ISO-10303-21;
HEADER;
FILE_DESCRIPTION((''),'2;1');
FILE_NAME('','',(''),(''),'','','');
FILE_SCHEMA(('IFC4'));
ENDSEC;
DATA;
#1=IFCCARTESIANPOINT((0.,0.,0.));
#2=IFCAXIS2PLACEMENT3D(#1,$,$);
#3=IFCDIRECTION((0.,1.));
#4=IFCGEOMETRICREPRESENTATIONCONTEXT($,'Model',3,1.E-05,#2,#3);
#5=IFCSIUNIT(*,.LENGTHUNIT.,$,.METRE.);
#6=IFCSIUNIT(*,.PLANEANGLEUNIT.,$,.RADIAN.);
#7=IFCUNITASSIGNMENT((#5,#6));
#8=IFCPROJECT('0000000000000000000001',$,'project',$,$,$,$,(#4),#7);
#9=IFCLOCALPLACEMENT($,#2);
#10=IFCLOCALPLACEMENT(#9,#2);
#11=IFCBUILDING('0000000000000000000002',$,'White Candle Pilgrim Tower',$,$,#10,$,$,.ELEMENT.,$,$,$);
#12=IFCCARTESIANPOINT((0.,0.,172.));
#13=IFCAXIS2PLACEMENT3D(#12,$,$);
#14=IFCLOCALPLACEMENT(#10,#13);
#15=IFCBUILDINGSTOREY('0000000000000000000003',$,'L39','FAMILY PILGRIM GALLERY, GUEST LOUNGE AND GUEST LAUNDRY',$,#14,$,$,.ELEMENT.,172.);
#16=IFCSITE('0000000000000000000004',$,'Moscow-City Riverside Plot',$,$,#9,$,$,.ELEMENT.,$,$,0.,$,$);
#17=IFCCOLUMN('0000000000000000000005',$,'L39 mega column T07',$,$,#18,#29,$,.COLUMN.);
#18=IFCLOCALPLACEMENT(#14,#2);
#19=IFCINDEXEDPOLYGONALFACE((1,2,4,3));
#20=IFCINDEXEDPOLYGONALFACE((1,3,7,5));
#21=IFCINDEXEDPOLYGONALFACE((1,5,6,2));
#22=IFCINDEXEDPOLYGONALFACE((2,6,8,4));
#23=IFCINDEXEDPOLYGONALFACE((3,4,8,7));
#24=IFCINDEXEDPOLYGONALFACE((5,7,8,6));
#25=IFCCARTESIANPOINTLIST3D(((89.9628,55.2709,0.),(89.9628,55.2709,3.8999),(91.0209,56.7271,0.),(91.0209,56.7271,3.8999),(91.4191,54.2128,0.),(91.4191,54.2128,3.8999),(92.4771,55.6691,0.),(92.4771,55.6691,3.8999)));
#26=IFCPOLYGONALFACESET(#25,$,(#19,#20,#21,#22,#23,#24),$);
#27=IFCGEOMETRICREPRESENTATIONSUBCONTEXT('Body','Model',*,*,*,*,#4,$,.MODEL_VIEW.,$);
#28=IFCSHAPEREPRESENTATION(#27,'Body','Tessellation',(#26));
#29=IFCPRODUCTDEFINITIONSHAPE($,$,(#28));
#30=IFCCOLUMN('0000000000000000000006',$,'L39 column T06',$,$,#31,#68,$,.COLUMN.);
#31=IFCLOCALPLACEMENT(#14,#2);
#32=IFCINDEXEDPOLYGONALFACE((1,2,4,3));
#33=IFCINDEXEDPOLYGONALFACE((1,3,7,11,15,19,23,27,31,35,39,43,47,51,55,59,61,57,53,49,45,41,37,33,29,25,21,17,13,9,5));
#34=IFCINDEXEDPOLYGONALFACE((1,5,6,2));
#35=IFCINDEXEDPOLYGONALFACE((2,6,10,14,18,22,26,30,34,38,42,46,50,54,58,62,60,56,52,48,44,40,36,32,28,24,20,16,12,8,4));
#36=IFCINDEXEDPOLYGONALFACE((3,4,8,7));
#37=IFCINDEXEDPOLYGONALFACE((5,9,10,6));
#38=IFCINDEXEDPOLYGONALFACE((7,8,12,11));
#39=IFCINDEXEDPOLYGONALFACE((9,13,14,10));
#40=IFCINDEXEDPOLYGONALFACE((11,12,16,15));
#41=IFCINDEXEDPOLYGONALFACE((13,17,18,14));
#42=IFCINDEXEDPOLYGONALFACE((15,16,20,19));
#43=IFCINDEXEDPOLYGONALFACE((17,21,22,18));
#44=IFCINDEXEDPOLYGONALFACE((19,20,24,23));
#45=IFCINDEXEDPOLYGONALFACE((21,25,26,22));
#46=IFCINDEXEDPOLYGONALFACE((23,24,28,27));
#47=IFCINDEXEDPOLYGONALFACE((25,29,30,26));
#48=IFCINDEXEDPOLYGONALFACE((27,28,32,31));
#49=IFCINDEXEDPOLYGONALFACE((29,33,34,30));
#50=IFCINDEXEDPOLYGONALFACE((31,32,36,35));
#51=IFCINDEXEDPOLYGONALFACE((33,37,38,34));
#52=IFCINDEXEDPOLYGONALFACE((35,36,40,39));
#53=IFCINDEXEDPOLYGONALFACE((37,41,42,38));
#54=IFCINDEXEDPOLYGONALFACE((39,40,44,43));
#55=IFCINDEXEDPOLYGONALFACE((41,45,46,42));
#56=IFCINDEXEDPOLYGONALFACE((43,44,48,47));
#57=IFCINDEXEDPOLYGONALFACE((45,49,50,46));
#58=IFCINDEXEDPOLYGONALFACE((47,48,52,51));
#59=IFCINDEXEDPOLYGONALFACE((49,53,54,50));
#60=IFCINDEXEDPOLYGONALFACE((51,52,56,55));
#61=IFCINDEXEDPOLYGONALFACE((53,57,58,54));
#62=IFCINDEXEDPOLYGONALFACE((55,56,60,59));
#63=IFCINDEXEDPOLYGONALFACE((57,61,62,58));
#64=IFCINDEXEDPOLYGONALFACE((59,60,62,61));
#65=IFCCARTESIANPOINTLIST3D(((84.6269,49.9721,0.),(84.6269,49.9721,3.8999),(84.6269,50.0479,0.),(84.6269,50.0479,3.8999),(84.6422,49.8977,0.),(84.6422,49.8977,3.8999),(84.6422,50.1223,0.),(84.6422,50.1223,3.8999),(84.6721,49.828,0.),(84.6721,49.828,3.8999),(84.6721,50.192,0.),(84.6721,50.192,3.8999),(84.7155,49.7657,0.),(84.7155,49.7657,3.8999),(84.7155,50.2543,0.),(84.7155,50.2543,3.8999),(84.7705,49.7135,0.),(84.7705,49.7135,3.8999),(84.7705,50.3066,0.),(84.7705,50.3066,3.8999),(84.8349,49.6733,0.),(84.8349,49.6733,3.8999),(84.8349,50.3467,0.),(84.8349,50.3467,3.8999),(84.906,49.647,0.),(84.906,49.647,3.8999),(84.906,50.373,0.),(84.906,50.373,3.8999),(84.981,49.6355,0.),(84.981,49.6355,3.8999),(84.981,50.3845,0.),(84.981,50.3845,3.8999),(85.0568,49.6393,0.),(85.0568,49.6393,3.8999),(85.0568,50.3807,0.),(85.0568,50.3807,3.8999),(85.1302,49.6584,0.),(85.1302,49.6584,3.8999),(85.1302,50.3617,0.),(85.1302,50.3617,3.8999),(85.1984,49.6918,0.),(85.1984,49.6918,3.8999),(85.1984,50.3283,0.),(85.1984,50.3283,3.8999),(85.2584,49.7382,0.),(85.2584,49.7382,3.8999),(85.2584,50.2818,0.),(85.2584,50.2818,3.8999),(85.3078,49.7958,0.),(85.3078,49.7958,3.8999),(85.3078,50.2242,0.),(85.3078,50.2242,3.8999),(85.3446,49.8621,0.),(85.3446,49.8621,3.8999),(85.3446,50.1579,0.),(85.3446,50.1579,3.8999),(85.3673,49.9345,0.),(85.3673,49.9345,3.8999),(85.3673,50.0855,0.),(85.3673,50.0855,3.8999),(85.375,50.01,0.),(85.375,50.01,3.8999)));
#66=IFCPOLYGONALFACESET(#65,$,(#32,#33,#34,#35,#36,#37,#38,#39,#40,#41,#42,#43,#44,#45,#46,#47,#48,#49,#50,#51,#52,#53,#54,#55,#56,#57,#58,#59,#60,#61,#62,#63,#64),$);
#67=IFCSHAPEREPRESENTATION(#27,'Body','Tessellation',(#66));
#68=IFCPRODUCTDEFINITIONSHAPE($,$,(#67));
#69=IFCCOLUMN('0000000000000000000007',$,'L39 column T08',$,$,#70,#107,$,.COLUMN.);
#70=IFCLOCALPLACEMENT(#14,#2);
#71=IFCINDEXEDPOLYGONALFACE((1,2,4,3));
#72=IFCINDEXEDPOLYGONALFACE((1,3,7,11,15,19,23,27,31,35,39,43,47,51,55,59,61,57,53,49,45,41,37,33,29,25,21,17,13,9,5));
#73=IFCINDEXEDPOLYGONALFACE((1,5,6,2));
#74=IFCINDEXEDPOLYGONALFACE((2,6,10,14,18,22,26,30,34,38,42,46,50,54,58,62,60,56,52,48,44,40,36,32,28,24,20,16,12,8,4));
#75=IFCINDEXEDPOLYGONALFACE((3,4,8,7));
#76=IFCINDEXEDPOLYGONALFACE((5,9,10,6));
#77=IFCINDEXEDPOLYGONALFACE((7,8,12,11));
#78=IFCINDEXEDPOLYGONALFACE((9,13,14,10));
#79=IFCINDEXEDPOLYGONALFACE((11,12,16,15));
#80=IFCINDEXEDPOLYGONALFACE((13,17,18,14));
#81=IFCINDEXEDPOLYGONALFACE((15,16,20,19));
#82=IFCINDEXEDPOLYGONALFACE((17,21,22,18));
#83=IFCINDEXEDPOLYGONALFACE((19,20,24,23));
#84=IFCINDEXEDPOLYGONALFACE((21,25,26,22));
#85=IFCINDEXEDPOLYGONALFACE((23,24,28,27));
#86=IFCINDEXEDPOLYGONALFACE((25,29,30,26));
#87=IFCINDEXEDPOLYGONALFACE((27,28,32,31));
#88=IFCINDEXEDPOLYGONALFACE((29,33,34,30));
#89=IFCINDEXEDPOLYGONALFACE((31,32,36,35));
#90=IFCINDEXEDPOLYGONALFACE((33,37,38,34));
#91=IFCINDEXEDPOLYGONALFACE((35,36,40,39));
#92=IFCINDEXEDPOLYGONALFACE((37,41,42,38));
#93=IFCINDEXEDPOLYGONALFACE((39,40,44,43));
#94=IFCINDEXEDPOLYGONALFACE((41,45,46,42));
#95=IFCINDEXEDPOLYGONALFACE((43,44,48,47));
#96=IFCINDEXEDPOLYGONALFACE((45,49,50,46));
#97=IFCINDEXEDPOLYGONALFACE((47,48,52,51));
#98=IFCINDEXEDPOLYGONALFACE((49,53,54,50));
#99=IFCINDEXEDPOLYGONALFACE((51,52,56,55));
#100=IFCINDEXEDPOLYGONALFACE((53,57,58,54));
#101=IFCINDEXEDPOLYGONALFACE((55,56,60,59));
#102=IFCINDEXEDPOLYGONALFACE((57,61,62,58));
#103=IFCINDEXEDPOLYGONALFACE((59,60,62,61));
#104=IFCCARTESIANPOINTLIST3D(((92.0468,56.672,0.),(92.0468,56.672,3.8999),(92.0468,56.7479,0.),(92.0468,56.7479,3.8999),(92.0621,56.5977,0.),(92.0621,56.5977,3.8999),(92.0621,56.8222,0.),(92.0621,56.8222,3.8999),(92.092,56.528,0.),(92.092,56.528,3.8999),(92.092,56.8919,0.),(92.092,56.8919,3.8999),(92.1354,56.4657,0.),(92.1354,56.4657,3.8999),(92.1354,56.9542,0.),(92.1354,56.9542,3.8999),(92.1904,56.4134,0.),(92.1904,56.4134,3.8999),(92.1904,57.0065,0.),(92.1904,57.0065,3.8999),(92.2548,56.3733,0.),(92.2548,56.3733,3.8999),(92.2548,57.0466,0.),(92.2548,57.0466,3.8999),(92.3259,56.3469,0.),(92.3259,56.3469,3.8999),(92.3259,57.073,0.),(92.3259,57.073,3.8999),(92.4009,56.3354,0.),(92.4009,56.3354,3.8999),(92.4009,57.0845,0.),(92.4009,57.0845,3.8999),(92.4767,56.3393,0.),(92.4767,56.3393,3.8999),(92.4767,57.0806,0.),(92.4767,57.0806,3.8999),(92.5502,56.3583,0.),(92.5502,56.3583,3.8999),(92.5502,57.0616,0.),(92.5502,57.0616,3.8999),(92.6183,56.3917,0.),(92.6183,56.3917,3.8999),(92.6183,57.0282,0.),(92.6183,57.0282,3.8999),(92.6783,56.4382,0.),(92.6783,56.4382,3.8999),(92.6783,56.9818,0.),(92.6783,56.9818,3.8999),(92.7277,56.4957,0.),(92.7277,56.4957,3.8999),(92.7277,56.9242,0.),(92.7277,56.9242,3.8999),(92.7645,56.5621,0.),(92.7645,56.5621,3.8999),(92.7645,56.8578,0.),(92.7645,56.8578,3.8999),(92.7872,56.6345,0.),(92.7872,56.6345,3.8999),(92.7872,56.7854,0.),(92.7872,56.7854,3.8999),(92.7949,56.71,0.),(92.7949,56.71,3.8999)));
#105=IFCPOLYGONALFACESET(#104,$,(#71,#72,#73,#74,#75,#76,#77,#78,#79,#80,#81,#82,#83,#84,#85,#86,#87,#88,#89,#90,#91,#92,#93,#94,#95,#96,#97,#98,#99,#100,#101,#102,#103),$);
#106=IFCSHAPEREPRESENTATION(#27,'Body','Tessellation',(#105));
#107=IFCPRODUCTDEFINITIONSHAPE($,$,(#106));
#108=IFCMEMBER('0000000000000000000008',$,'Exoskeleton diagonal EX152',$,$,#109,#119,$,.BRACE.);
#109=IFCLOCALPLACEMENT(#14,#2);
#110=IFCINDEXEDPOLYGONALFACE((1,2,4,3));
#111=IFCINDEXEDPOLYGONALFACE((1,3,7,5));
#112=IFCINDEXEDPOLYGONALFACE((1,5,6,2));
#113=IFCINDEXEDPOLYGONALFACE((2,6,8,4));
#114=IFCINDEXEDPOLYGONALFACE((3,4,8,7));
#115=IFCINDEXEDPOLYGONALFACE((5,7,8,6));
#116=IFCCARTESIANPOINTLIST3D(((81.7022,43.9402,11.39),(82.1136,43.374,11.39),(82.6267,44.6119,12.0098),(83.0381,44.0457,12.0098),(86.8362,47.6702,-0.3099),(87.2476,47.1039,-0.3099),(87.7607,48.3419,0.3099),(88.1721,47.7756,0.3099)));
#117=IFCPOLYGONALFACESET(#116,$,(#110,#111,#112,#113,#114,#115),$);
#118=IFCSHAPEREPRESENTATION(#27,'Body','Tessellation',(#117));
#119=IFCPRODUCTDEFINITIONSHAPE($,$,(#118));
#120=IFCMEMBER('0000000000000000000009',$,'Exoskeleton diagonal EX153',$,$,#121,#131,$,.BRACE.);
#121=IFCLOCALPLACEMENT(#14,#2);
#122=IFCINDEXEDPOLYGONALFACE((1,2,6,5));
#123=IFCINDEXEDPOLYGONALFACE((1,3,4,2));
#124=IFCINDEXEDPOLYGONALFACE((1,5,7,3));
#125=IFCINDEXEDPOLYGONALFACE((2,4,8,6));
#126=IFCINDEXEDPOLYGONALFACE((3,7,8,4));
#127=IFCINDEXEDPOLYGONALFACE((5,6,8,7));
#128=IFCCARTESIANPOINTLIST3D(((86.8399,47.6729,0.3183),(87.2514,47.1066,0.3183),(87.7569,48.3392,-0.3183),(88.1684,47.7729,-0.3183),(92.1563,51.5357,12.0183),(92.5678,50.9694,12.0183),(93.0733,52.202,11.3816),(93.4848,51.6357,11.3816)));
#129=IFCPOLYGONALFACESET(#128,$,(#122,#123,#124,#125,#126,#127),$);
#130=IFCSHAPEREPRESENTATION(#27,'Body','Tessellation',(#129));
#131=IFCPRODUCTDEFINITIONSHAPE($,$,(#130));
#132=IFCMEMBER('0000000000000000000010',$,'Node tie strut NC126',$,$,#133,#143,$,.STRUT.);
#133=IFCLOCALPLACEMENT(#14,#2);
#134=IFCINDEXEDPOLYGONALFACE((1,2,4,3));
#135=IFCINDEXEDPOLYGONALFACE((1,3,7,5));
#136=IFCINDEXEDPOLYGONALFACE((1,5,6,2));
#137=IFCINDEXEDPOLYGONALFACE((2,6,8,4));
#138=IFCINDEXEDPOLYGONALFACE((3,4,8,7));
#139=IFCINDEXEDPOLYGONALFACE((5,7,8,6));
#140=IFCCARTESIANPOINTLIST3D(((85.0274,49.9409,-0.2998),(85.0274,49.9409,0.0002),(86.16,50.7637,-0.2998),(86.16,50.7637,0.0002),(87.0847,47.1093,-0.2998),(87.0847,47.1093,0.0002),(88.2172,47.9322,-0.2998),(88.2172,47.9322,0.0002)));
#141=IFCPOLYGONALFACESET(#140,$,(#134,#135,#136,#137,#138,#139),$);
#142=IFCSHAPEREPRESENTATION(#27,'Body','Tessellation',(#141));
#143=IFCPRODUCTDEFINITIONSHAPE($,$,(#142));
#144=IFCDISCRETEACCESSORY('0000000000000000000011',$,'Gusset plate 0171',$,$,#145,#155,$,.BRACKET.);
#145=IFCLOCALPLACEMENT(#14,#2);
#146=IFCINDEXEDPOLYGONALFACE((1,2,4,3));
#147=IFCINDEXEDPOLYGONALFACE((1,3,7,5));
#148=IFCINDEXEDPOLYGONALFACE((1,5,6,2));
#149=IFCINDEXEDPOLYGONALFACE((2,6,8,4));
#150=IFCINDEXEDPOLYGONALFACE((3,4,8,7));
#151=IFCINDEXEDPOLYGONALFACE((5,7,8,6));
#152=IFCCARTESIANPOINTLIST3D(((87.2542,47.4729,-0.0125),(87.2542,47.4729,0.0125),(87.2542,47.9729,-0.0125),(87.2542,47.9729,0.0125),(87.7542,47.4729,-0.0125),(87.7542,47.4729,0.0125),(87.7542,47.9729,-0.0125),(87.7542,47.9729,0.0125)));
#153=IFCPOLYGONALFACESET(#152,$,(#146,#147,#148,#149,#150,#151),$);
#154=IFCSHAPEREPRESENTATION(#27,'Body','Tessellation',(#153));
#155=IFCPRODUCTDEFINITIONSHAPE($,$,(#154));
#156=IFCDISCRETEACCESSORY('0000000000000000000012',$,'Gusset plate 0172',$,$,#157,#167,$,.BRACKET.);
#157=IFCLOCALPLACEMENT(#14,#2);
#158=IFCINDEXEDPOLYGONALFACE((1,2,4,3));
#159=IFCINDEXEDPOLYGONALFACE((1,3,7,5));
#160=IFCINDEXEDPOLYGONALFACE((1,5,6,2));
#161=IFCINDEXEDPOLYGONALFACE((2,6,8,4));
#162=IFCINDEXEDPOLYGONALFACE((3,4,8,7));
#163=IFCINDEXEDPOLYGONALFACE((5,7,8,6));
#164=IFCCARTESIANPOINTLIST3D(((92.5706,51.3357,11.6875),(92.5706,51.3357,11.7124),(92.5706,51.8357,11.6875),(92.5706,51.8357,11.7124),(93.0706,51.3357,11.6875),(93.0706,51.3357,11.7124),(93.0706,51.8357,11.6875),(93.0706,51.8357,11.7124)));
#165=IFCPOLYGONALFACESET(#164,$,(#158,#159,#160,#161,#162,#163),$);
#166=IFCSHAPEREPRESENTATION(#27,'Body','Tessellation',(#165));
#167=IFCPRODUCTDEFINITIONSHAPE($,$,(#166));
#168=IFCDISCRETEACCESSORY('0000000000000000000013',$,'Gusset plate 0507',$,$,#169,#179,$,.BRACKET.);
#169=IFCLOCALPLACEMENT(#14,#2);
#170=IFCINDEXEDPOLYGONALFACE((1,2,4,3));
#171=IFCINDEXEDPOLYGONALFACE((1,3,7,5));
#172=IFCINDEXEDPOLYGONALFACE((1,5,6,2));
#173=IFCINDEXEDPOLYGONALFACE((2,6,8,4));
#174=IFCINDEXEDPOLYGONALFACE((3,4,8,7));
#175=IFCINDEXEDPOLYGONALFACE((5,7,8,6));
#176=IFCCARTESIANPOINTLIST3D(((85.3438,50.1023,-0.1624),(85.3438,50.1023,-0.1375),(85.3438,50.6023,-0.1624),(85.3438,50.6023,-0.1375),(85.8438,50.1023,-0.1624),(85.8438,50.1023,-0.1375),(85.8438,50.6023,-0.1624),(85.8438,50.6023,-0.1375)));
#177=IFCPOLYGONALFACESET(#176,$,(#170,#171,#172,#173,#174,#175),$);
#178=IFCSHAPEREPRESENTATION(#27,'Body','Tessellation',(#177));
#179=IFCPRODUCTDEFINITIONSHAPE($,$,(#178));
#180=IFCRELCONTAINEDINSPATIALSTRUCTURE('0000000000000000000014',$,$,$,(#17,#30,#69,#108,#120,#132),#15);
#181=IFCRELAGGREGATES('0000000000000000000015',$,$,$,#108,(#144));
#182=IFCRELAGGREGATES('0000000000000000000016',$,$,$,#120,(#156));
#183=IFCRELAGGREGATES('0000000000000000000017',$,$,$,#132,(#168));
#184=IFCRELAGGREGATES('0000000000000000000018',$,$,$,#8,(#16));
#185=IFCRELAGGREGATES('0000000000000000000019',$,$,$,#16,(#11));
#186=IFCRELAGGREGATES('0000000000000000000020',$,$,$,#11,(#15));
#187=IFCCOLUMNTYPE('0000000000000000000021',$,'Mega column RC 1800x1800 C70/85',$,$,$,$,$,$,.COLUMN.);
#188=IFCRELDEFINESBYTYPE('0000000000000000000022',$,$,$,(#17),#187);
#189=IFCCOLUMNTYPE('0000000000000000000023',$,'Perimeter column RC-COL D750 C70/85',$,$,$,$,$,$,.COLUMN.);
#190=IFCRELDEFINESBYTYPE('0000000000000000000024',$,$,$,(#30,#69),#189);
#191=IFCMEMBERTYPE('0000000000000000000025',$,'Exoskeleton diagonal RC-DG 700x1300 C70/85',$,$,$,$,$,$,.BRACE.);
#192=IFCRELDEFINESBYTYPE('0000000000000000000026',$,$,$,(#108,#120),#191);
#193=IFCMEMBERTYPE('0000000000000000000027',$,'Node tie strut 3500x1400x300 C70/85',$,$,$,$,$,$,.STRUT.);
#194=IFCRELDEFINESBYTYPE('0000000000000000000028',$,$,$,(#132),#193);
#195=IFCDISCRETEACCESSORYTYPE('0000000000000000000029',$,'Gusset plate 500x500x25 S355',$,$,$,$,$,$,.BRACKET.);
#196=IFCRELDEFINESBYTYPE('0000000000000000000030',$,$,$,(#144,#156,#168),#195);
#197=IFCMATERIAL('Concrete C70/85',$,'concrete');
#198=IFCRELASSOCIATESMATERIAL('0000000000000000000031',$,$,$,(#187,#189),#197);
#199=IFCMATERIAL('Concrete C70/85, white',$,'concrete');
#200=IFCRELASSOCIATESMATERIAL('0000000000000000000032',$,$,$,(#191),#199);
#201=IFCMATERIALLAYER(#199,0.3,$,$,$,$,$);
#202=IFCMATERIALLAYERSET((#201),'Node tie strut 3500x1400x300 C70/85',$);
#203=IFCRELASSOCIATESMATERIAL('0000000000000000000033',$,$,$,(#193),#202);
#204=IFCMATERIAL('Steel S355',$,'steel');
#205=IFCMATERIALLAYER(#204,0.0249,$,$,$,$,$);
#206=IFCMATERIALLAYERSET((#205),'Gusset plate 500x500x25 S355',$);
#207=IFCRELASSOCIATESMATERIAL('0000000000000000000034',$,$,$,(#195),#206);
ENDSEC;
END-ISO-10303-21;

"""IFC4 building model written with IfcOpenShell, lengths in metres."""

from ifc_helpers import new_model, si_unit, direction, frame, origin, origin_2d, place, context, subcontext, project, spatial, rectangle, circle, extrude, material, layer, layer_set, material_profile, profile_set, type_object, element, aggregate, save


model = new_model("IFC4")

# Units and contexts
model_context = context("Model", 3, precision=1e-05, world=origin(), true_north=direction((0.0, 1.0)))
body_context = subcontext(model_context, "Body", "Model", "MODEL_VIEW")
ifc_project = project(units=[si_unit("LENGTHUNIT", "METRE"), si_unit("PLANEANGLEUNIT", "RADIAN")], contexts=[model_context])

# Site, building, storey
site_placement = place(None, origin())
site = spatial("IfcSite", under=ifc_project, at=site_placement, Name="Moscow-City Riverside Plot", CompositionType="ELEMENT", RefElevation=0.0)
building_placement = place(site_placement, origin())
building = spatial("IfcBuilding", under=site, at=building_placement, Name="White Candle Pilgrim Tower", CompositionType="ELEMENT")
storey_placement = place(building_placement, frame((0.0, 0.0, 172.0)))
storey = spatial("IfcBuildingStorey", under=building, at=storey_placement, Name="L39", Description="FAMILY PILGRIM GALLERY, GUEST LOUNGE AND GUEST LAUNDRY", CompositionType="ELEMENT", Elevation=172.0)

# Columns
ifc_material_1 = material(Name="Concrete C70/85", Category="concrete")
ifc_material_profile_1 = material_profile(ifc_material_1, rectangle(XDim=1.8, YDim=1.8, at=origin_2d()), Name="RC 1800x1800")
ifc_profile_set_1 = profile_set([ifc_material_profile_1], Name="Concrete C70/85")
column_type_1 = type_object("IfcColumnType", Name="Mega column RC 1800x1800 C70/85", PredefinedType="COLUMN", material=ifc_profile_set_1)
column_placement = place(storey_placement, frame((91.22, 55.47, 0.0), z_axis=(0.0, 0.0, 1.0), x_axis=(0.809017, -0.587785, 0.0)))
element("IfcColumn", 1, at=column_placement, inside=storey, type_object=column_type_1, Name="L39 mega column T07", PredefinedType="COLUMN", context=body_context, shape_type="SweptSolid", body=[
    extrude(rectangle(XDim=1.8, YDim=1.8, at=origin_2d()), origin(), (0.0, 0.0, 1.0), 3.8999),
])
ifc_material_profile_2 = material_profile(ifc_material_1, circle(Radius=0.375, at=origin_2d()), Name="RC-COL D750")
ifc_profile_set_2 = profile_set([ifc_material_profile_2], Name="Concrete C70/85")
column_type_2 = type_object("IfcColumnType", Name="Perimeter column RC-COL D750 C70/85", PredefinedType="COLUMN", material=ifc_profile_set_2)
for number, where, z_axis, x_axis, name in (
    (2, (85.0, 50.01, 0.0), (0.0, 0.0, 1.0), (1.0, 0.0, 0.0), "L39 column T06"),
    (3, (92.4199, 56.71, 0.0), (0.0, 0.0, 1.0), (1.0, 0.0, 0.0), "L39 column T08"),
):
    element("IfcColumn", number, at=place(storey_placement, frame(where, z_axis=z_axis, x_axis=x_axis)), inside=storey, type_object=column_type_2, Name=name, PredefinedType="COLUMN", context=body_context, shape_type="SweptSolid", body=[
        extrude(circle(Radius=0.375, at=origin_2d()), origin(), (0.0, 0.0, 1.0), 3.8999),
    ])

# Members
ifc_material_2 = material(Name="Concrete C70/85, white", Category="concrete")
ifc_material_profile_3 = material_profile(ifc_material_2, rectangle(XDim=0.7, YDim=1.3, at=origin_2d()), Name="RC-DG 700x1300")
ifc_profile_set_3 = profile_set([ifc_material_profile_3], Name="Concrete C70/85, white")
member_type_1 = type_object("IfcMemberType", Name="Exoskeleton diagonal RC-DG 700x1300 C70/85", PredefinedType="BRACE", material=ifc_profile_set_3)
member_1_placement = place(storey_placement, frame((87.5042, 47.7229, 0.0), z_axis=(-0.385723, -0.280236, 0.879025), x_axis=(0.587774, -0.809025, 0.0)))
member_1 = element("IfcMember", 4, at=member_1_placement, inside=storey, type_object=member_type_1, Name="Exoskeleton diagonal EX152", PredefinedType="BRACE", context=body_context, shape_type="SweptSolid", body=[
    extrude(rectangle(XDim=0.7, YDim=1.3, at=origin_2d()), origin(), (0.0, 0.0, 1.0), 13.3101),
])
member_2_placement = place(storey_placement, frame((87.5042, 47.7229, 0.0), z_axis=(0.39618, 0.287856, 0.871883), x_axis=(-0.587805, 0.809003, 0.0)))
member_2 = element("IfcMember", 5, at=member_2_placement, inside=storey, type_object=member_type_1, Name="Exoskeleton diagonal EX153", PredefinedType="BRACE", context=body_context, shape_type="SweptSolid", body=[
    extrude(rectangle(XDim=0.7, YDim=1.3, at=origin_2d()), origin(), (0.0, 0.0, 1.0), 13.4192),
])
ifc_layer_1 = layer(ifc_material_2, 0.3)
ifc_layer_set_1 = layer_set([ifc_layer_1], Name="Node tie strut 3500x1400x300 C70/85")
member_type_2 = type_object("IfcMemberType", Name="Node tie strut 3500x1400x300 C70/85", PredefinedType="STRUT", material=ifc_layer_set_1)
member_3_placement = place(storey_placement, frame((86.6223, 48.9365, -0.2998), z_axis=(0.0, 0.0, 1.0), x_axis=(0.809017, 0.587785, 0.0)))
member_3 = element("IfcMember", 6, at=member_3_placement, inside=storey, type_object=member_type_2, Name="Node tie strut NC126", PredefinedType="STRUT", context=body_context, shape_type="SweptSolid", body=[
    extrude(rectangle(XDim=1.3999, YDim=3.5, at=origin_2d()), origin(), (0.0, 0.0, 1.0), 0.3),
])

# Discrete accessories
ifc_material_3 = material(Name="Steel S355", Category="steel")
ifc_layer_2 = layer(ifc_material_3, 0.0249)
ifc_layer_set_2 = layer_set([ifc_layer_2], Name="Gusset plate 500x500x25 S355")
discrete_accessory_type = type_object("IfcDiscreteAccessoryType", Name="Gusset plate 500x500x25 S355", PredefinedType="BRACKET", material=ifc_layer_set_2)
discrete_accessory_1_placement = place(storey_placement, frame((87.5042, 47.7229, -0.0125), z_axis=(0.0, 0.0, 1.0), x_axis=(1.0, 0.0, 0.0)))
discrete_accessory_1 = element("IfcDiscreteAccessory", 7, at=discrete_accessory_1_placement, type_object=discrete_accessory_type, Name="Gusset plate 0171", PredefinedType="BRACKET", context=body_context, shape_type="SweptSolid", body=[
    extrude(rectangle(XDim=0.5, YDim=0.5, at=origin_2d()), origin(), (0.0, 0.0, 1.0), 0.0249),
])
aggregate(member_1, [discrete_accessory_1])
placement = place(building_placement, frame((0.0, 0.0, 183.7)))
discrete_accessory_2_placement = place(placement, frame((92.8206, 51.5857, -0.0125), z_axis=(0.0, 0.0, 1.0), x_axis=(1.0, 0.0, 0.0)))
discrete_accessory_2 = element("IfcDiscreteAccessory", 8, at=discrete_accessory_2_placement, type_object=discrete_accessory_type, Name="Gusset plate 0172", PredefinedType="BRACKET", context=body_context, shape_type="SweptSolid", body=[
    extrude(rectangle(XDim=0.5, YDim=0.5, at=origin_2d()), origin(), (0.0, 0.0, 1.0), 0.0249),
])
aggregate(member_2, [discrete_accessory_2])
discrete_accessory_3_placement = place(storey_placement, frame((85.5938, 50.3523, -0.1624), z_axis=(0.0, 0.0, 1.0), x_axis=(1.0, 0.0, 0.0)))
discrete_accessory_3 = element("IfcDiscreteAccessory", 9, at=discrete_accessory_3_placement, type_object=discrete_accessory_type, Name="Gusset plate 0507", PredefinedType="BRACKET", context=body_context, shape_type="SweptSolid", body=[
    extrude(rectangle(XDim=0.5, YDim=0.5, at=origin_2d()), origin(), (0.0, 0.0, 1.0), 0.0249),
])
aggregate(member_3, [discrete_accessory_3])

save(model, "model.ifc")
